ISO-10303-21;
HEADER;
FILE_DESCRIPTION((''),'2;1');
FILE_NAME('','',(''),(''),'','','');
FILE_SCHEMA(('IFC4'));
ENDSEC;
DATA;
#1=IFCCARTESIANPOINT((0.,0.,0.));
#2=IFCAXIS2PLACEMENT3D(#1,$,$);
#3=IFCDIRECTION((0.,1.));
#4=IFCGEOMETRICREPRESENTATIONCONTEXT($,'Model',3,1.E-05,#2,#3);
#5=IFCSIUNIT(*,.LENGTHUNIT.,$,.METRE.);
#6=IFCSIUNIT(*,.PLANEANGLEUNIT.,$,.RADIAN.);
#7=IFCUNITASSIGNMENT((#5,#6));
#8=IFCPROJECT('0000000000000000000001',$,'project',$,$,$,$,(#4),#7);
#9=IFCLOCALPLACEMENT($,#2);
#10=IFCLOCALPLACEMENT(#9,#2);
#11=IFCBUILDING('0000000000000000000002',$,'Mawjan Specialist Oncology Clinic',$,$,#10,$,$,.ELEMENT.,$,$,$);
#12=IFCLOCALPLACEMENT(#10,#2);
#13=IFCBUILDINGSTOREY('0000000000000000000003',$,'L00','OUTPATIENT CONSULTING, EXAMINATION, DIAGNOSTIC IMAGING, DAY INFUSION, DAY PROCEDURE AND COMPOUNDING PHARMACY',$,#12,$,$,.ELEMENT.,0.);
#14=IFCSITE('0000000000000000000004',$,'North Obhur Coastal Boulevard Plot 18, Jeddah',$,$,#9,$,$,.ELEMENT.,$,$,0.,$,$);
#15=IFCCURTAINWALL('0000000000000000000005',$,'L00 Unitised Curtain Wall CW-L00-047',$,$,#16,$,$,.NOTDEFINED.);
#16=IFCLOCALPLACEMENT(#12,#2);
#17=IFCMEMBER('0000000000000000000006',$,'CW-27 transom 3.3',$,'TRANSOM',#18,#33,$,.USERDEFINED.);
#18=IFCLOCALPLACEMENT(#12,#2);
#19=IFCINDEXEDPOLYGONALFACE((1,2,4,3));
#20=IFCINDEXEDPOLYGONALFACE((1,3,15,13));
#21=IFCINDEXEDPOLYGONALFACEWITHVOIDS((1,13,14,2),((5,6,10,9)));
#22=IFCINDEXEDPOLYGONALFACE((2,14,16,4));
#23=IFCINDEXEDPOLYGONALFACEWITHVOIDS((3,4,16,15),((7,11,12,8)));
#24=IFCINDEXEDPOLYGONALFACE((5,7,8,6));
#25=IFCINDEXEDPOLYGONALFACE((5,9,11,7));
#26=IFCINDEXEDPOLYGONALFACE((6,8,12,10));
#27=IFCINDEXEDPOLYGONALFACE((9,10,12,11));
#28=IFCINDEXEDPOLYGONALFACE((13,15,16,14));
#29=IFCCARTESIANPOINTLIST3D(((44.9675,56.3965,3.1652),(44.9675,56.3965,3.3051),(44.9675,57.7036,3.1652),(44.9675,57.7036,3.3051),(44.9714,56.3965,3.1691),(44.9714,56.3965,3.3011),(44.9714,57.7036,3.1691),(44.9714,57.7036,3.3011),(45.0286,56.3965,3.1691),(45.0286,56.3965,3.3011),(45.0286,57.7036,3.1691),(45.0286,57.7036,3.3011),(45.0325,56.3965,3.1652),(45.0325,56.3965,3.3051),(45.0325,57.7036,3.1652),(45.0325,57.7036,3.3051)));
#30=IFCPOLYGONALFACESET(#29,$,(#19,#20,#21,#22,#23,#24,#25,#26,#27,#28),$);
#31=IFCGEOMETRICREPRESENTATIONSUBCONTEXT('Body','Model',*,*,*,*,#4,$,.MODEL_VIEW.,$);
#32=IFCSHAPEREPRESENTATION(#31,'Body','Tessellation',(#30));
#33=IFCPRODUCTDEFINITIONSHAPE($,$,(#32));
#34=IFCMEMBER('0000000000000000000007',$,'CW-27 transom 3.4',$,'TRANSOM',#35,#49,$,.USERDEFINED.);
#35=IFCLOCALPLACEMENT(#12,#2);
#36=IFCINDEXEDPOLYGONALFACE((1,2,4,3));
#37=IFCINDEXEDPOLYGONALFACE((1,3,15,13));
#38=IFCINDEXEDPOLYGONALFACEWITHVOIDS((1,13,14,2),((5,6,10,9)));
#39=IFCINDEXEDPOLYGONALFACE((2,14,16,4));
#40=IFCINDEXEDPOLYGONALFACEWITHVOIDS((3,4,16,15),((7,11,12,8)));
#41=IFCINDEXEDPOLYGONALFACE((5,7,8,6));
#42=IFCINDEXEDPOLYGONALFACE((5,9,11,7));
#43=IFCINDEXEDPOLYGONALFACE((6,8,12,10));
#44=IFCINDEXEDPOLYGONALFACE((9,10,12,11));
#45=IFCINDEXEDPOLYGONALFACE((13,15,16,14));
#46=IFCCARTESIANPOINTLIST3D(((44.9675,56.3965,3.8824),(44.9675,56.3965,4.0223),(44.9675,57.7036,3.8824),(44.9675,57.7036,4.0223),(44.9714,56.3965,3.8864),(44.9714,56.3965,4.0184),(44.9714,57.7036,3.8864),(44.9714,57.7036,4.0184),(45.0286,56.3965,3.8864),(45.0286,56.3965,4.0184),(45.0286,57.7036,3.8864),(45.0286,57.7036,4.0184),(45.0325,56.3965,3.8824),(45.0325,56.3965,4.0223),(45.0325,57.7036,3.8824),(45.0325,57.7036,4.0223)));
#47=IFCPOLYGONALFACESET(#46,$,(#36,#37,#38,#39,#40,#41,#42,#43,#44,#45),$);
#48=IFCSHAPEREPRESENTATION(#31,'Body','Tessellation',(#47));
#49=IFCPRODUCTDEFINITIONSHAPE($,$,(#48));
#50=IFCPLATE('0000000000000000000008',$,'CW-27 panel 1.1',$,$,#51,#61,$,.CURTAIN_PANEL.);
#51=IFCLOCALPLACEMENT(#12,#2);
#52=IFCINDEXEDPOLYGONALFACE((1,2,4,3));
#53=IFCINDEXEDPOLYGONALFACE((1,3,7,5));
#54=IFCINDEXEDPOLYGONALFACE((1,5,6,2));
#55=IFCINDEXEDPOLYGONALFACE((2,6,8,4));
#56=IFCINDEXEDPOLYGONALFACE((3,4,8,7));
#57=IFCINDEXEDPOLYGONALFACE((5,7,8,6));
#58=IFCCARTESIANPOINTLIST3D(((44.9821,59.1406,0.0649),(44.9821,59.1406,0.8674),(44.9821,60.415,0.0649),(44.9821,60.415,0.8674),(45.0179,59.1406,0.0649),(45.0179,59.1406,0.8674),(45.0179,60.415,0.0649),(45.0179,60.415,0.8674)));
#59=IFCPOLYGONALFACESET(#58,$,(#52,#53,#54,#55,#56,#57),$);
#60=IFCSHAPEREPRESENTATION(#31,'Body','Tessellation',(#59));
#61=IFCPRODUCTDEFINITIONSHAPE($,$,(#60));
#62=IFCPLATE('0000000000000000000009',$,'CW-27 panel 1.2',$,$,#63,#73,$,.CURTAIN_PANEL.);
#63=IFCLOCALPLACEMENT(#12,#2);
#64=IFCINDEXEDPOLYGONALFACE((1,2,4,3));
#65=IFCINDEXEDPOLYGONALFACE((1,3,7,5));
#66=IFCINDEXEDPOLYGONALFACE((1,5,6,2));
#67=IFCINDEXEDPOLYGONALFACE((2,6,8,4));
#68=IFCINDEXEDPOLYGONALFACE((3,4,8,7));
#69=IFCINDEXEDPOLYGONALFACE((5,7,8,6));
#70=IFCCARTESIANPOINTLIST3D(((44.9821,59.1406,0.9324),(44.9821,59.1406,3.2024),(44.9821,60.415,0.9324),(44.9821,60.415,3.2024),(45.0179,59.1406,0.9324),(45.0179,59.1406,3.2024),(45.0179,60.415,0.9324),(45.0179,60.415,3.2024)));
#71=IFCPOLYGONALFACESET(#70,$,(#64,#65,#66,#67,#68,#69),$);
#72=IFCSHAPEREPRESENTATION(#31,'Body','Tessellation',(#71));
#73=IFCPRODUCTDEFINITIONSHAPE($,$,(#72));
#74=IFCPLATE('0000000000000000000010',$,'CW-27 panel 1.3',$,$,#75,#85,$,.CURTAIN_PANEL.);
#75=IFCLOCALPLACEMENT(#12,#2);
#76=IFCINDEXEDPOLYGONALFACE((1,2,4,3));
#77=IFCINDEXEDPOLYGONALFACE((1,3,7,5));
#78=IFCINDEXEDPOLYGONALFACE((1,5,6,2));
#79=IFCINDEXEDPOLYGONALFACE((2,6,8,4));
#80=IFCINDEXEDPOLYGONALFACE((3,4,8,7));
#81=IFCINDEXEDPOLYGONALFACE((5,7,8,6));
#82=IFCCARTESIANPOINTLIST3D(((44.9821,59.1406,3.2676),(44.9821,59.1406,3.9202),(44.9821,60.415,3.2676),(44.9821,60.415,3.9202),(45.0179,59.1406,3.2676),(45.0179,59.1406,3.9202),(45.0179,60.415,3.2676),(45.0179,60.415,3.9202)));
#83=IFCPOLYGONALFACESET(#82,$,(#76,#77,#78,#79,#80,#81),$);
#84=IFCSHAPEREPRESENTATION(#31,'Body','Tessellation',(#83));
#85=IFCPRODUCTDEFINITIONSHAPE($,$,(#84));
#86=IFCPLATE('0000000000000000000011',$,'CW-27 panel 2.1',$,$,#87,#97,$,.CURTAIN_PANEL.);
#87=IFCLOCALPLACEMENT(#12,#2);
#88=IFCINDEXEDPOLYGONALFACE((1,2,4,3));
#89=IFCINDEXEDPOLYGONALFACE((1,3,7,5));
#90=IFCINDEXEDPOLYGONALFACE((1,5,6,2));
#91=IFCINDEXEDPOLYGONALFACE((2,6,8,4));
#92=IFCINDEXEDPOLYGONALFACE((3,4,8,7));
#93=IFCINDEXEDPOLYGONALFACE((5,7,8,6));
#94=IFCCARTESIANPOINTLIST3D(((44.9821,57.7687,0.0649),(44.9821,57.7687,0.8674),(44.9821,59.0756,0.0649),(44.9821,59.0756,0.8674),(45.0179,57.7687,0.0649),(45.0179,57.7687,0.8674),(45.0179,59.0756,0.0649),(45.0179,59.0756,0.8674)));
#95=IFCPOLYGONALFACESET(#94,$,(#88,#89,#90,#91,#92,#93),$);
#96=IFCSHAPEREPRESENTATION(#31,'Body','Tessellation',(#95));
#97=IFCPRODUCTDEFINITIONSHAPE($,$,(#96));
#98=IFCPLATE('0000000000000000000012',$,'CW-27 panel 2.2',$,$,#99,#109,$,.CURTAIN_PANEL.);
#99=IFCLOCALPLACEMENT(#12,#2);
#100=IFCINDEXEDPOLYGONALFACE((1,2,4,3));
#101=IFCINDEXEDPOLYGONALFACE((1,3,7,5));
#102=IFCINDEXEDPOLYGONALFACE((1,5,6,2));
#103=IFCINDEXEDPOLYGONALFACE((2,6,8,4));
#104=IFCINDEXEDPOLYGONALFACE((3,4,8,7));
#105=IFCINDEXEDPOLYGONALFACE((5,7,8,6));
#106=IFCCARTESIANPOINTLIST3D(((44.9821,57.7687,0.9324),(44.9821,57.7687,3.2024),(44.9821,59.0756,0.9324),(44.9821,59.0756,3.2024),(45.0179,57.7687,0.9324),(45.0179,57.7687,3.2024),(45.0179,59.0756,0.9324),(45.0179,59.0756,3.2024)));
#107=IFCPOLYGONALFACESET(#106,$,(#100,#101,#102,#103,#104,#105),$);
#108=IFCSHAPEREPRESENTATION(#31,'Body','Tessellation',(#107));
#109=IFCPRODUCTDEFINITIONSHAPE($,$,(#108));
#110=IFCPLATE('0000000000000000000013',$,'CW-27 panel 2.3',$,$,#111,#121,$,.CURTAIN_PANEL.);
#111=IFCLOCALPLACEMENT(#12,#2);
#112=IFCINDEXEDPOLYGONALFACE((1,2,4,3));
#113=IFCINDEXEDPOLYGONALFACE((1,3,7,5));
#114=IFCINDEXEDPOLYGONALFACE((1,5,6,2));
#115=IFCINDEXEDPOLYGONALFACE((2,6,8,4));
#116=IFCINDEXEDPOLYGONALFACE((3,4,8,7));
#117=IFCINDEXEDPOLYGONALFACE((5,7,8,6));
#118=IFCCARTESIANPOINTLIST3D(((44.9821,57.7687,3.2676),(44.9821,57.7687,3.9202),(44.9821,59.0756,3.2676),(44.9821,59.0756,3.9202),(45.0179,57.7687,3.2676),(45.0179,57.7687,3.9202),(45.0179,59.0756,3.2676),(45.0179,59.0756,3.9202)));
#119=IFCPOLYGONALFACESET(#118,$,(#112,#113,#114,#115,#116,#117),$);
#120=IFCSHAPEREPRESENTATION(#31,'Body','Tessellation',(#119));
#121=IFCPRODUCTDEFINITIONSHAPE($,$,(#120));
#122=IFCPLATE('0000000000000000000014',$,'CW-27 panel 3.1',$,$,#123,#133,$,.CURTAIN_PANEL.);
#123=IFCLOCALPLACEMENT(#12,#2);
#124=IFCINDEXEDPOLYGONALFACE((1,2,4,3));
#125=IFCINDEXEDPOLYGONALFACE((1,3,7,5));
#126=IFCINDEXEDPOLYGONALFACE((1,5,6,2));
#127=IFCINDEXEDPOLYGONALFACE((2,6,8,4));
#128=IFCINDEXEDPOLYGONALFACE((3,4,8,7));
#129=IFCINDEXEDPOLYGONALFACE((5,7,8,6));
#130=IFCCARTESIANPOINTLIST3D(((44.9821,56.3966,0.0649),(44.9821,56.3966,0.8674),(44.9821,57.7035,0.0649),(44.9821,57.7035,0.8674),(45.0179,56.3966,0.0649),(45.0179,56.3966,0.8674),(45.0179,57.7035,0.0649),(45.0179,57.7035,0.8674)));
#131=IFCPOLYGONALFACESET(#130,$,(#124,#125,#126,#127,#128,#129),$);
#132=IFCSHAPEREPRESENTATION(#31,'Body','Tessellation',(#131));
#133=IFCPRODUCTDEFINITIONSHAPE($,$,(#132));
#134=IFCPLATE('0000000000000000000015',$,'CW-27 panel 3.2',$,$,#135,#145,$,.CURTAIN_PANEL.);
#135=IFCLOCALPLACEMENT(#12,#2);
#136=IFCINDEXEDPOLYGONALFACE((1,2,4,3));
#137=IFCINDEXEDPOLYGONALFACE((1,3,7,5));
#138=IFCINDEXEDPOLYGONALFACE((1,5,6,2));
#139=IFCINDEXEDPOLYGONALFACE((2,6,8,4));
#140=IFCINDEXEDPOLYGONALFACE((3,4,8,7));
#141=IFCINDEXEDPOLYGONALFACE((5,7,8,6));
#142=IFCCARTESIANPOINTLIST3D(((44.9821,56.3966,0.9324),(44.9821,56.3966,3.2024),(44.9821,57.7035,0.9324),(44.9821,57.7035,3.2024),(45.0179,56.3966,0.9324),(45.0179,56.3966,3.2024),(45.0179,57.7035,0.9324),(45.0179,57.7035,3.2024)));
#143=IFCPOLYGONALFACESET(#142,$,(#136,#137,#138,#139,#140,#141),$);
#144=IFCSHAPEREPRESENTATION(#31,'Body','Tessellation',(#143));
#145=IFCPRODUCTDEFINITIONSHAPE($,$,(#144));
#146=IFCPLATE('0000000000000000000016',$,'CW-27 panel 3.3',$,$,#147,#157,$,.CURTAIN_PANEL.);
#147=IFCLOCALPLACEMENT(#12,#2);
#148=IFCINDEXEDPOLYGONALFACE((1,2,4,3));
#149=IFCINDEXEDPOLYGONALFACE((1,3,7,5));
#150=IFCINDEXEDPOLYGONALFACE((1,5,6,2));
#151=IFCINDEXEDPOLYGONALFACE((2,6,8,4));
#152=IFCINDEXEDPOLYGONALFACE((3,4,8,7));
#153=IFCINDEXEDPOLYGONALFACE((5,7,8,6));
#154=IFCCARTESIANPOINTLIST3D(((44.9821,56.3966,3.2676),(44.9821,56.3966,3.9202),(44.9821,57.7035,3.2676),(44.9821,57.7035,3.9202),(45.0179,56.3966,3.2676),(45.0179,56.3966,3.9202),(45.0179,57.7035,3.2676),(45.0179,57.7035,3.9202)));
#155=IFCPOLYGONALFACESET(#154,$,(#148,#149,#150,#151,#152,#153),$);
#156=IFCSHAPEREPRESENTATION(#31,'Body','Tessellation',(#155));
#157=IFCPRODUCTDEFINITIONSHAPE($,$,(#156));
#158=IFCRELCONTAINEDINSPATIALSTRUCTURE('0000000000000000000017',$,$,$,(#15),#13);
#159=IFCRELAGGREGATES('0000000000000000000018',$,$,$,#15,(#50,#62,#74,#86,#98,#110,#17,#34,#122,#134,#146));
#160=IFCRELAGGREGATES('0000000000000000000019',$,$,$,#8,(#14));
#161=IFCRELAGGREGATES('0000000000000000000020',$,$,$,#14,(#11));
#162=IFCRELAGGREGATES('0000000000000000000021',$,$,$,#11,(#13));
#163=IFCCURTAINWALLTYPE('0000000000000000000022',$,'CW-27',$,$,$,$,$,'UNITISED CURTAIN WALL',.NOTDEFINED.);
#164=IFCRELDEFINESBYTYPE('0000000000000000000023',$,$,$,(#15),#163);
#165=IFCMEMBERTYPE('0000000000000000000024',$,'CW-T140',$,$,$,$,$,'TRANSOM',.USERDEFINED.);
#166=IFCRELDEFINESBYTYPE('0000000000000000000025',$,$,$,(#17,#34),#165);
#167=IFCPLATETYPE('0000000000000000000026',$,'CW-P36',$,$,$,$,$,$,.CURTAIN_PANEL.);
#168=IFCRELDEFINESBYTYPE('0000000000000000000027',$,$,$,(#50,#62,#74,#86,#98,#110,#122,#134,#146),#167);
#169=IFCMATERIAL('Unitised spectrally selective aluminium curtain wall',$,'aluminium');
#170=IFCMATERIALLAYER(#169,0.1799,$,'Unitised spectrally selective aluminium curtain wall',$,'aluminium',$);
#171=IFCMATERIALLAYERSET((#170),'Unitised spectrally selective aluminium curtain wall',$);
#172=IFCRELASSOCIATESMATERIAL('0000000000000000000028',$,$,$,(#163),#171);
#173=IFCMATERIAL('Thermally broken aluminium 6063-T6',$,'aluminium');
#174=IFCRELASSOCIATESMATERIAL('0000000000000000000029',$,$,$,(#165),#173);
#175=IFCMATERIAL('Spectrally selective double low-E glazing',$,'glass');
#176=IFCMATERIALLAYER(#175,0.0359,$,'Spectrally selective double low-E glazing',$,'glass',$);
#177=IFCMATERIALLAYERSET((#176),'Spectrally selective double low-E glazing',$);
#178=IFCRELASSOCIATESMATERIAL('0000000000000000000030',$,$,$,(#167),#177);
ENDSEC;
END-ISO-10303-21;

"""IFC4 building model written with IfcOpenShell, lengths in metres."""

from ifc_helpers import new_model, si_unit, direction, frame, origin, origin_2d, place, context, subcontext, project, spatial, rectangle, hollow_rectangle, extrude, material, layer, layer_set, material_profile, profile_set, type_object, element, aggregate, save


model = new_model("IFC4")

# Units and contexts
model_context = context("Model", 3, precision=1e-05, world=origin(), true_north=direction((0.0, 1.0)))
body_context = subcontext(model_context, "Body", "Model", "MODEL_VIEW")
ifc_project = project(units=[si_unit("LENGTHUNIT", "METRE"), si_unit("PLANEANGLEUNIT", "RADIAN")], contexts=[model_context])

# Site, building, storey
site_placement = place(None, origin())
site = spatial("IfcSite", under=ifc_project, at=site_placement, Name="North Obhur Coastal Boulevard Plot 18, Jeddah", CompositionType="ELEMENT", RefElevation=0.0)
building_placement = place(site_placement, origin())
building = spatial("IfcBuilding", under=site, at=building_placement, Name="Mawjan Specialist Oncology Clinic", CompositionType="ELEMENT")
storey_placement = place(building_placement, origin())
storey = spatial("IfcBuildingStorey", under=building, at=storey_placement, Name="L00", Description="OUTPATIENT CONSULTING, EXAMINATION, DIAGNOSTIC IMAGING, DAY INFUSION, DAY PROCEDURE AND COMPOUNDING PHARMACY", CompositionType="ELEMENT", Elevation=0.0)

# Curtain wall, members, plates
ifc_material_1 = material(Name="Unitised spectrally selective aluminium curtain wall", Category="aluminium")
ifc_layer_1 = layer(ifc_material_1, 0.1799, Name="Unitised spectrally selective aluminium curtain wall", Category="aluminium")
ifc_layer_set_1 = layer_set([ifc_layer_1], Name="Unitised spectrally selective aluminium curtain wall")
curtain_wall_type = type_object("IfcCurtainWallType", Name="CW-27", ElementType="UNITISED CURTAIN WALL", PredefinedType="NOTDEFINED", material=ifc_layer_set_1)
curtain_wall_placement = place(storey_placement, origin())
curtain_wall = element("IfcCurtainWall", 1, at=curtain_wall_placement, inside=storey, type_object=curtain_wall_type, Name="L00 Unitised Curtain Wall CW-L00-047", PredefinedType="NOTDEFINED")
ifc_material_2 = material(Name="Thermally broken aluminium 6063-T6", Category="aluminium")
ifc_material_profile_1 = material_profile(ifc_material_2, hollow_rectangle(XDim=0.0649, YDim=0.1399, WallThickness=0.0039, at=origin_2d()), Name="ALU TRANSOM 140x65x4", Category="aluminium")
ifc_profile_set_1 = profile_set([ifc_material_profile_1], Name="Thermally broken aluminium 6063-T6")
member_type_1 = type_object("IfcMemberType", Name="CW-T140", ElementType="TRANSOM", PredefinedType="USERDEFINED", material=ifc_profile_set_1)
member_1_placement = place(storey_placement, frame((45.0, 57.7036, 3.2351), z_axis=(0.0, -1.0, 0.0), x_axis=(1.0, 0.0, 0.0)))
member_1 = element("IfcMember", 2, at=member_1_placement, type_object=member_type_1, Name="CW-27 transom 3.3", ObjectType="TRANSOM", PredefinedType="USERDEFINED", context=body_context, shape_type="SweptSolid", body=[
    extrude(hollow_rectangle(XDim=0.0649, YDim=0.1399, WallThickness=0.0039, at=origin_2d()), origin(), (0.0, 0.0, 1.0), 1.3071),
])
member_2_placement = place(storey_placement, frame((45.0, 57.7036, 3.9524), z_axis=(0.0, -1.0, 0.0), x_axis=(1.0, 0.0, 0.0)))
member_2 = element("IfcMember", 3, at=member_2_placement, type_object=member_type_1, Name="CW-27 transom 3.4", ObjectType="TRANSOM", PredefinedType="USERDEFINED", context=body_context, shape_type="SweptSolid", body=[
    extrude(hollow_rectangle(XDim=0.0649, YDim=0.1399, WallThickness=0.0039, at=origin_2d()), origin(), (0.0, 0.0, 1.0), 1.3071),
])
ifc_material_3 = material(Name="Spectrally selective double low-E glazing", Category="glass")
ifc_layer_2 = layer(ifc_material_3, 0.0359, Name="Spectrally selective double low-E glazing", Category="glass")
ifc_layer_set_2 = layer_set([ifc_layer_2], Name="Spectrally selective double low-E glazing")
plate_type = type_object("IfcPlateType", Name="CW-P36", PredefinedType="CURTAIN_PANEL", material=ifc_layer_set_2)
plate_1_placement = place(storey_placement, frame((45.0, 59.7778, 0.0649), z_axis=(0.0, 0.0, 1.0), x_axis=(0.0, -1.0, 0.0)))
plate_1 = element("IfcPlate", 4, at=plate_1_placement, type_object=plate_type, Name="CW-27 panel 1.1", PredefinedType="CURTAIN_PANEL", context=body_context, shape_type="SweptSolid", body=[
    extrude(rectangle(XDim=1.2744, YDim=0.0359, at=origin_2d()), origin(), (0.0, 0.0, 1.0), 0.8025),
])
plate_2_placement = place(storey_placement, frame((45.0, 59.7778, 0.9324), z_axis=(0.0, 0.0, 1.0), x_axis=(0.0, -1.0, 0.0)))
plate_2 = element("IfcPlate", 5, at=plate_2_placement, type_object=plate_type, Name="CW-27 panel 1.2", PredefinedType="CURTAIN_PANEL", context=body_context, shape_type="SweptSolid", body=[
    extrude(rectangle(XDim=1.2744, YDim=0.0359, at=origin_2d()), origin(), (0.0, 0.0, 1.0), 2.27),
])
plate_3_placement = place(storey_placement, frame((45.0, 59.7778, 3.2676), z_axis=(0.0, 0.0, 1.0), x_axis=(0.0, -1.0, 0.0)))
plate_3 = element("IfcPlate", 6, at=plate_3_placement, type_object=plate_type, Name="CW-27 panel 1.3", PredefinedType="CURTAIN_PANEL", context=body_context, shape_type="SweptSolid", body=[
    extrude(rectangle(XDim=1.2744, YDim=0.0359, at=origin_2d()), origin(), (0.0, 0.0, 1.0), 0.6526),
])
plate_4_placement = place(storey_placement, frame((45.0, 58.4221, 0.0649), z_axis=(0.0, 0.0, 1.0), x_axis=(0.0, -1.0, 0.0)))
plate_4 = element("IfcPlate", 7, at=plate_4_placement, type_object=plate_type, Name="CW-27 panel 2.1", PredefinedType="CURTAIN_PANEL", context=body_context, shape_type="SweptSolid", body=[
    extrude(rectangle(XDim=1.3069, YDim=0.0359, at=origin_2d()), origin(), (0.0, 0.0, 1.0), 0.8025),
])
plate_5_placement = place(storey_placement, frame((45.0, 58.4221, 0.9324), z_axis=(0.0, 0.0, 1.0), x_axis=(0.0, -1.0, 0.0)))
plate_5 = element("IfcPlate", 8, at=plate_5_placement, type_object=plate_type, Name="CW-27 panel 2.2", PredefinedType="CURTAIN_PANEL", context=body_context, shape_type="SweptSolid", body=[
    extrude(rectangle(XDim=1.3069, YDim=0.0359, at=origin_2d()), origin(), (0.0, 0.0, 1.0), 2.27),
])
plate_6_placement = place(storey_placement, frame((45.0, 58.4221, 3.2676), z_axis=(0.0, 0.0, 1.0), x_axis=(0.0, -1.0, 0.0)))
plate_6 = element("IfcPlate", 9, at=plate_6_placement, type_object=plate_type, Name="CW-27 panel 2.3", PredefinedType="CURTAIN_PANEL", context=body_context, shape_type="SweptSolid", body=[
    extrude(rectangle(XDim=1.3069, YDim=0.0359, at=origin_2d()), origin(), (0.0, 0.0, 1.0), 0.6526),
])
plate_7_placement = place(storey_placement, frame((45.0, 57.05, 0.0649), z_axis=(0.0, 0.0, 1.0), x_axis=(0.0, -1.0, 0.0)))
plate_7 = element("IfcPlate", 10, at=plate_7_placement, type_object=plate_type, Name="CW-27 panel 3.1", PredefinedType="CURTAIN_PANEL", context=body_context, shape_type="SweptSolid", body=[
    extrude(rectangle(XDim=1.3069, YDim=0.0359, at=origin_2d()), origin(), (0.0, 0.0, 1.0), 0.8025),
])
plate_8_placement = place(storey_placement, frame((45.0, 57.05, 0.9324), z_axis=(0.0, 0.0, 1.0), x_axis=(0.0, -1.0, 0.0)))
plate_8 = element("IfcPlate", 11, at=plate_8_placement, type_object=plate_type, Name="CW-27 panel 3.2", PredefinedType="CURTAIN_PANEL", context=body_context, shape_type="SweptSolid", body=[
    extrude(rectangle(XDim=1.3069, YDim=0.0359, at=origin_2d()), origin(), (0.0, 0.0, 1.0), 2.27),
])
plate_9_placement = place(storey_placement, frame((45.0, 57.05, 3.2676), z_axis=(0.0, 0.0, 1.0), x_axis=(0.0, -1.0, 0.0)))
plate_9 = element("IfcPlate", 12, at=plate_9_placement, type_object=plate_type, Name="CW-27 panel 3.3", PredefinedType="CURTAIN_PANEL", context=body_context, shape_type="SweptSolid", body=[
    extrude(rectangle(XDim=1.3069, YDim=0.0359, at=origin_2d()), origin(), (0.0, 0.0, 1.0), 0.6526),
])
aggregate(curtain_wall, [plate_1, plate_2, plate_3, plate_4, plate_5, plate_6, member_1, member_2, plate_7, plate_8, plate_9])

save(model, "model.ifc")
